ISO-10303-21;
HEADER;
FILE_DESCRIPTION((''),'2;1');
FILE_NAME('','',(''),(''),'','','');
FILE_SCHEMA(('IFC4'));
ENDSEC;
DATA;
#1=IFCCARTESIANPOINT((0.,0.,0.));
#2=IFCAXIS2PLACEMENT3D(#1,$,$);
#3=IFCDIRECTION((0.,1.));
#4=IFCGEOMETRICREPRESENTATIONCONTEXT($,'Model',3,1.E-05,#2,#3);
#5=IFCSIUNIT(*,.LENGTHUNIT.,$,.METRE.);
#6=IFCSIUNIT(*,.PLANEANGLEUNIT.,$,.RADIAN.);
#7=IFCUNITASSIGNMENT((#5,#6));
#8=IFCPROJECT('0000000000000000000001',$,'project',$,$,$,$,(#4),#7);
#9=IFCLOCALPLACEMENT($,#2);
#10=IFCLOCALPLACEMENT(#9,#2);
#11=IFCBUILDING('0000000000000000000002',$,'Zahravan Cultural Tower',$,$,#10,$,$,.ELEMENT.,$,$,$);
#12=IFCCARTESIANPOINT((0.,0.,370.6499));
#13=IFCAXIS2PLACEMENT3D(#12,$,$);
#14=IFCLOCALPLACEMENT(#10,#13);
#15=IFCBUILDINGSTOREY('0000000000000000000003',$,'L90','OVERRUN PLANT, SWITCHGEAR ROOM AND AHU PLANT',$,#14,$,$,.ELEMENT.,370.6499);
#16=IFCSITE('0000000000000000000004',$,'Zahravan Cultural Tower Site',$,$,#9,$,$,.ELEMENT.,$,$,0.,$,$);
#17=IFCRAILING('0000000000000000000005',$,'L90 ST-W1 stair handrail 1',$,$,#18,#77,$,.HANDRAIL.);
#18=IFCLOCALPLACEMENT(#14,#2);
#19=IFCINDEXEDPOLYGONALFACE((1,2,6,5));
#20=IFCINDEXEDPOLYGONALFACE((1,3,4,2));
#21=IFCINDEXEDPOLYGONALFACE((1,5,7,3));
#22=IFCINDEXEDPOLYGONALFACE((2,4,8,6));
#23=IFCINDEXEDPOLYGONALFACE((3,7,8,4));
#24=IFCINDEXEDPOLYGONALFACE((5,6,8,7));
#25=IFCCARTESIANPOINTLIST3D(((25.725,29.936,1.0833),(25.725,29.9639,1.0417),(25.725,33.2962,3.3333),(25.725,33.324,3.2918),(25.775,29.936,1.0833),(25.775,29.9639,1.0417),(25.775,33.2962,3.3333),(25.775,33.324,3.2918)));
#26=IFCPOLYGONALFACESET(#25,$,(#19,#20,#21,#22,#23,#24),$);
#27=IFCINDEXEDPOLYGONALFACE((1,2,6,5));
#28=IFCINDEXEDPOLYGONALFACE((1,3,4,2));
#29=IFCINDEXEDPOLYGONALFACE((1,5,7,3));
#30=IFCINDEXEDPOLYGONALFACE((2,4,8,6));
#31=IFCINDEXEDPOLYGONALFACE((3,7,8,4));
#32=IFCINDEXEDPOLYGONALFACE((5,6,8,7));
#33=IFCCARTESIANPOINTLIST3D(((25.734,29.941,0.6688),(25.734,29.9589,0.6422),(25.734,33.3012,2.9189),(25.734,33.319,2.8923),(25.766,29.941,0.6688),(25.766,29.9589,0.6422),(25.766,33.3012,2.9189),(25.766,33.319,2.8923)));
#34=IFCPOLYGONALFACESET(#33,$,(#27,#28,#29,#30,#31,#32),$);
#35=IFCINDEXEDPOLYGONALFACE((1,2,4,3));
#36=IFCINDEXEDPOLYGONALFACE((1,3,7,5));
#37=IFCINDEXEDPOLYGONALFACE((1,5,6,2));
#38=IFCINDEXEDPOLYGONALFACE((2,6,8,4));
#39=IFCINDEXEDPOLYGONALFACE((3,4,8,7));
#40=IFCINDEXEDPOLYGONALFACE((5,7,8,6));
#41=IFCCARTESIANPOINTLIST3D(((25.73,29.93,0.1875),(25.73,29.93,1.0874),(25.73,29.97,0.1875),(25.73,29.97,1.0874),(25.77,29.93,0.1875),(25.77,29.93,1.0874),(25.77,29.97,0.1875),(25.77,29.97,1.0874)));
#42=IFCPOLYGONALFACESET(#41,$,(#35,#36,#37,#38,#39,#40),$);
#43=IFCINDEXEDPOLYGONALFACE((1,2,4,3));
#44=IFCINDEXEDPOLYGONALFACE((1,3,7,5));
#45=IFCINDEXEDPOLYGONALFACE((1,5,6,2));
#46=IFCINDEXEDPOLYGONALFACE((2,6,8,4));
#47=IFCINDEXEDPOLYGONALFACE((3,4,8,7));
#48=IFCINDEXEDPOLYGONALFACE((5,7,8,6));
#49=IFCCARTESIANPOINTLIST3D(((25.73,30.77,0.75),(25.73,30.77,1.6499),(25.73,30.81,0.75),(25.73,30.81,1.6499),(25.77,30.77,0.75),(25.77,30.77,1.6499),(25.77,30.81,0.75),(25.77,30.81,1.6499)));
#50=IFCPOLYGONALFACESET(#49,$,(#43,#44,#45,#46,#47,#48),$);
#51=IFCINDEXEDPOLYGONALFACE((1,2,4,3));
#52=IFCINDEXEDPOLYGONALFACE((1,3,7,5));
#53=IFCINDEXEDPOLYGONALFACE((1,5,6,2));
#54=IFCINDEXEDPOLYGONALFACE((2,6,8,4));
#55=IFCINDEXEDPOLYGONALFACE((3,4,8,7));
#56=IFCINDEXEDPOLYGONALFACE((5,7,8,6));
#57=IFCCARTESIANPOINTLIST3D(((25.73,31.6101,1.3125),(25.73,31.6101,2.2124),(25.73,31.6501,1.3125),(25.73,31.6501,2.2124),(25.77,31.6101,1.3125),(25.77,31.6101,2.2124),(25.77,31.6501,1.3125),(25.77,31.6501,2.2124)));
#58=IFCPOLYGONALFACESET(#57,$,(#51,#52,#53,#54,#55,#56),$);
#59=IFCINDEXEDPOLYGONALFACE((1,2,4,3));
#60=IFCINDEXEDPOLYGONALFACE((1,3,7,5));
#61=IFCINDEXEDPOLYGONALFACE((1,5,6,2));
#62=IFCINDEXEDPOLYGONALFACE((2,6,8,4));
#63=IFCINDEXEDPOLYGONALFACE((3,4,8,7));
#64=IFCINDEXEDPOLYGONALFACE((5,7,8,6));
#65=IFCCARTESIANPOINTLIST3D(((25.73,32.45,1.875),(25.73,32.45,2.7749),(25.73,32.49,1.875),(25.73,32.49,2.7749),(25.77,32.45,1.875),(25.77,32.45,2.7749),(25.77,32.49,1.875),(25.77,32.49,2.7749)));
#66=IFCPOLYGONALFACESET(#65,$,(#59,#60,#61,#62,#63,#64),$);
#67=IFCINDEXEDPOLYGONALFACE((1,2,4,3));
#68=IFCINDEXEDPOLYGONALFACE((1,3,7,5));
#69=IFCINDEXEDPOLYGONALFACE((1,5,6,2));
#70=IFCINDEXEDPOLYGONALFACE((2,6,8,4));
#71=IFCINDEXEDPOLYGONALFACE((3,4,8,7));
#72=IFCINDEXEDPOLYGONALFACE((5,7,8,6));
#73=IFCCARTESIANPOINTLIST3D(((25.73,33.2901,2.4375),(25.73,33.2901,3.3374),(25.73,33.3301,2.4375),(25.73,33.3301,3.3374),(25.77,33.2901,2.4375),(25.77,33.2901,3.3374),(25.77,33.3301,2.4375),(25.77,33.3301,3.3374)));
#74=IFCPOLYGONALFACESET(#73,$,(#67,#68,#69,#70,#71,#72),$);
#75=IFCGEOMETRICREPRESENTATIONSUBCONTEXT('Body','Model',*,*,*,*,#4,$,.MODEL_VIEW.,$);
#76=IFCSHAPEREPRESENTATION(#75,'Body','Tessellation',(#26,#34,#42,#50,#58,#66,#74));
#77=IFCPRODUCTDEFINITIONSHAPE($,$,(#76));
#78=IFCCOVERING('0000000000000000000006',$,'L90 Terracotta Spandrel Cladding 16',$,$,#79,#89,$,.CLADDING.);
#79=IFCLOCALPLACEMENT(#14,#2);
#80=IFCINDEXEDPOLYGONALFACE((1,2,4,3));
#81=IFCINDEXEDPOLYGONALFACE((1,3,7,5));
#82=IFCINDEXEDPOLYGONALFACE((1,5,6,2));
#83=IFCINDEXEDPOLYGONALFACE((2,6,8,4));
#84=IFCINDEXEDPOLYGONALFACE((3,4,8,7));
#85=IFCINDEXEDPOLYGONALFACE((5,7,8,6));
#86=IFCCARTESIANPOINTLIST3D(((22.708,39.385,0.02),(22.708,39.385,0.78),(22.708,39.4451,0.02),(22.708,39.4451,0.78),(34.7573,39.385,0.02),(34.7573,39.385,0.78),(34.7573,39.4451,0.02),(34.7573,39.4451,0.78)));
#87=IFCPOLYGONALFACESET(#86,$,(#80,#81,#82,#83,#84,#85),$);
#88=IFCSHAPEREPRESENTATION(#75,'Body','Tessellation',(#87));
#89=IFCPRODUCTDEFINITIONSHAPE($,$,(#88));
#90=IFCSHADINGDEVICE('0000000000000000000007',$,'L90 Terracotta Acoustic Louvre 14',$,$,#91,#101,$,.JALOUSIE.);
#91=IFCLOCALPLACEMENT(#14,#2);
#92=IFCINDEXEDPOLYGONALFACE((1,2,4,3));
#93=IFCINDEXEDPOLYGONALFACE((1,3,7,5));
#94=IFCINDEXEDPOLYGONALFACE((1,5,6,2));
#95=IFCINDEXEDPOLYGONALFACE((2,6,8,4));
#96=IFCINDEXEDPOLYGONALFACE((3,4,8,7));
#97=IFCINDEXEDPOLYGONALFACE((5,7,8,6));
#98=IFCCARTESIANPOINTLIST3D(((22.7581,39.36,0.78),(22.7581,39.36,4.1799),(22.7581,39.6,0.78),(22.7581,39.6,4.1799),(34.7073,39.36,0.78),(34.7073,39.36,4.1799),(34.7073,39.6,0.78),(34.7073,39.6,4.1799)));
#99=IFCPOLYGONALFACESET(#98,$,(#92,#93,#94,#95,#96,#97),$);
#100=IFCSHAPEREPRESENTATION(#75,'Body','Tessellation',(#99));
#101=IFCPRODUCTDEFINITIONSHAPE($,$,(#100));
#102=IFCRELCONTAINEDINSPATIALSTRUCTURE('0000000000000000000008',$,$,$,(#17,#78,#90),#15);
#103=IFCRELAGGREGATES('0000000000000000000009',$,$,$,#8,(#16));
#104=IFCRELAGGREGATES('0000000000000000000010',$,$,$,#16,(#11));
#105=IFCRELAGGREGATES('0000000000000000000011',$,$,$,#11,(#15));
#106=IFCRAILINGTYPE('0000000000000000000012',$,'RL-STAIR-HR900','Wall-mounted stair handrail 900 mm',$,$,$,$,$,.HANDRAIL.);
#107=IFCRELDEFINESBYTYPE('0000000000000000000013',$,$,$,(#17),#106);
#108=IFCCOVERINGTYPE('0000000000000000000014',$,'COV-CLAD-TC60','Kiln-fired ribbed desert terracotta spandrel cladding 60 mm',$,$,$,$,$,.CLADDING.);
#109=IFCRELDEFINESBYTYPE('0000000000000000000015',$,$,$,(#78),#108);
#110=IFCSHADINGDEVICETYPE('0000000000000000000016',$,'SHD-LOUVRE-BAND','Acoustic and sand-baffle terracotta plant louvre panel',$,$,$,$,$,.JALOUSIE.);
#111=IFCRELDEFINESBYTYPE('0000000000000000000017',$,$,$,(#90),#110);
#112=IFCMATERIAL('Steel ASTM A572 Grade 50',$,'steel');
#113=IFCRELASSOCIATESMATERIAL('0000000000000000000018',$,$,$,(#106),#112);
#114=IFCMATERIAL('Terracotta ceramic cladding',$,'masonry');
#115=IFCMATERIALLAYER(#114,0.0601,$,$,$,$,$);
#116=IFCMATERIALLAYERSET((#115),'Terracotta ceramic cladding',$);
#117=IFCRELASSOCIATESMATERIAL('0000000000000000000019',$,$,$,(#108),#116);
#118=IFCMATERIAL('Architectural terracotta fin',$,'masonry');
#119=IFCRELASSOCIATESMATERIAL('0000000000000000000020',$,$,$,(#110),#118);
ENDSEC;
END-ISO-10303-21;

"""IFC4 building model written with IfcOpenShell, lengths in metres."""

from ifc_helpers import new_model, si_unit, direction, frame, origin, origin_2d, place, context, subcontext, project, spatial, rectangle, extrude, source, transform, mapped, material, layer, layer_set, type_object, element, save


model = new_model("IFC4")

# Units and contexts
model_context = context("Model", 3, precision=1e-05, world=origin(), true_north=direction((0.0, 1.0)))
body_context = subcontext(model_context, "Body", "Model", "MODEL_VIEW")
ifc_project = project(units=[si_unit("LENGTHUNIT", "METRE"), si_unit("PLANEANGLEUNIT", "RADIAN")], contexts=[model_context])

# Site, building, storey
site_placement = place(None, origin())
site = spatial("IfcSite", under=ifc_project, at=site_placement, Name="Zahravan Cultural Tower Site", CompositionType="ELEMENT", RefElevation=0.0)
building_placement = place(site_placement, origin())
building = spatial("IfcBuilding", under=site, at=building_placement, Name="Zahravan Cultural Tower", CompositionType="ELEMENT")
storey_placement = place(building_placement, frame((0.0, 0.0, 370.6499)))
storey = spatial("IfcBuildingStorey", under=building, at=storey_placement, Name="L90", Description="OVERRUN PLANT, SWITCHGEAR ROOM AND AHU PLANT", CompositionType="ELEMENT", Elevation=370.6499)

# Shared definitions
ifc_material_1 = material(Name="Steel ASTM A572 Grade 50", Category="steel")

# Railing
railing_type = type_object("IfcRailingType", Name="RL-STAIR-HR900", Description="Wall-mounted stair handrail 900 mm", PredefinedType="HANDRAIL", material=ifc_material_1)
railing_placement = place(storey_placement, frame((25.75, 29.95, 0.1875)))
element("IfcRailing", 1, at=railing_placement, inside=storey, type_object=railing_type, Name="L90 ST-W1 stair handrail 1", PredefinedType="HANDRAIL", context=body_context, shape_type="SweptSolid", body=[
    extrude(rectangle(XDim=0.05, YDim=0.05, at=origin_2d()), frame((0.0, 0.0, 0.875), z_axis=(0.0, 0.830915, 0.556399), x_axis=(-1.0, 0.0, 0.0)), (0.0, 0.0, 1.0), 4.0439),
    extrude(rectangle(XDim=0.032, YDim=0.032, at=origin_2d()), frame((0.0, 0.0, 0.468), z_axis=(0.0, 0.830915, 0.556399), x_axis=(-1.0, 0.0, 0.0)), (0.0, 0.0, 1.0), 4.0439),
    extrude(rectangle(XDim=0.04, YDim=0.04, at=origin_2d()), origin(), (0.0, 0.0, 1.0), 0.8999),
    extrude(rectangle(XDim=0.04, YDim=0.04, at=origin_2d()), frame((0.0, 0.8401, 0.5625)), (0.0, 0.0, 1.0), 0.8999),
    extrude(rectangle(XDim=0.04, YDim=0.04, at=origin_2d()), frame((0.0, 1.6802, 1.125)), (0.0, 0.0, 1.0), 0.8999),
    extrude(rectangle(XDim=0.04, YDim=0.04, at=origin_2d()), frame((0.0, 2.52, 1.6875)), (0.0, 0.0, 1.0), 0.8999),
    extrude(rectangle(XDim=0.04, YDim=0.04, at=origin_2d()), frame((0.0, 3.3601, 2.25)), (0.0, 0.0, 1.0), 0.8999),
])

# Covering
ifc_material_2 = material(Name="Terracotta ceramic cladding", Category="masonry")
ifc_layer_1 = layer(ifc_material_2, 0.0601)
ifc_layer_set_1 = layer_set([ifc_layer_1], Name="Terracotta ceramic cladding")
covering_type = type_object("IfcCoveringType", Name="COV-CLAD-TC60", Description="Kiln-fired ribbed desert terracotta spandrel cladding 60 mm", PredefinedType="CLADDING", material=ifc_layer_set_1)
shared_shape_1 = source(origin(), body_context, "Body", "SweptSolid", [
    extrude(rectangle(XDim=12.0493, YDim=0.0601, at=origin_2d()), origin(), (0.0, 0.0, 1.0), 0.76),
])
covering_placement = place(storey_placement, frame((28.7327, 39.415, 0.02), z_axis=(0.0, 0.0, 1.0), x_axis=(1.0, 0.0, 0.0)))
element("IfcCovering", 2, at=covering_placement, inside=storey, type_object=covering_type, Name="L90 Terracotta Spandrel Cladding 16", PredefinedType="CLADDING", context=body_context, shape_type="MappedRepresentation", body=[
    mapped(shared_shape_1, transform((0.0, 0.0, 0.0), x_axis=(1.0, 0.0, 0.0), y_axis=(0.0, 1.0, 0.0), z_axis=(0.0, 0.0, 1.0), scale=1.0)),
])

# Shading device
ifc_material_3 = material(Name="Architectural terracotta fin", Category="masonry")
shading_device_type = type_object("IfcShadingDeviceType", Name="SHD-LOUVRE-BAND", Description="Acoustic and sand-baffle terracotta plant louvre panel", PredefinedType="JALOUSIE", material=ifc_material_3)
shared_shape_2 = source(origin(), body_context, "Body", "SweptSolid", [
    extrude(rectangle(XDim=11.9492, YDim=0.24, at=origin_2d()), origin(), (0.0, 0.0, 1.0), 3.3999),
])
shading_device_placement = place(storey_placement, frame((28.7327, 39.48, 0.78), z_axis=(0.0, 0.0, 1.0), x_axis=(1.0, 0.0, 0.0)))
element("IfcShadingDevice", 3, at=shading_device_placement, inside=storey, type_object=shading_device_type, Name="L90 Terracotta Acoustic Louvre 14", PredefinedType="JALOUSIE", context=body_context, shape_type="MappedRepresentation", body=[
    mapped(shared_shape_2, transform((0.0, 0.0, 0.0), x_axis=(1.0, 0.0, 0.0), y_axis=(0.0, 1.0, 0.0), z_axis=(0.0, 0.0, 1.0), scale=1.0)),
])

save(model, "model.ifc")
